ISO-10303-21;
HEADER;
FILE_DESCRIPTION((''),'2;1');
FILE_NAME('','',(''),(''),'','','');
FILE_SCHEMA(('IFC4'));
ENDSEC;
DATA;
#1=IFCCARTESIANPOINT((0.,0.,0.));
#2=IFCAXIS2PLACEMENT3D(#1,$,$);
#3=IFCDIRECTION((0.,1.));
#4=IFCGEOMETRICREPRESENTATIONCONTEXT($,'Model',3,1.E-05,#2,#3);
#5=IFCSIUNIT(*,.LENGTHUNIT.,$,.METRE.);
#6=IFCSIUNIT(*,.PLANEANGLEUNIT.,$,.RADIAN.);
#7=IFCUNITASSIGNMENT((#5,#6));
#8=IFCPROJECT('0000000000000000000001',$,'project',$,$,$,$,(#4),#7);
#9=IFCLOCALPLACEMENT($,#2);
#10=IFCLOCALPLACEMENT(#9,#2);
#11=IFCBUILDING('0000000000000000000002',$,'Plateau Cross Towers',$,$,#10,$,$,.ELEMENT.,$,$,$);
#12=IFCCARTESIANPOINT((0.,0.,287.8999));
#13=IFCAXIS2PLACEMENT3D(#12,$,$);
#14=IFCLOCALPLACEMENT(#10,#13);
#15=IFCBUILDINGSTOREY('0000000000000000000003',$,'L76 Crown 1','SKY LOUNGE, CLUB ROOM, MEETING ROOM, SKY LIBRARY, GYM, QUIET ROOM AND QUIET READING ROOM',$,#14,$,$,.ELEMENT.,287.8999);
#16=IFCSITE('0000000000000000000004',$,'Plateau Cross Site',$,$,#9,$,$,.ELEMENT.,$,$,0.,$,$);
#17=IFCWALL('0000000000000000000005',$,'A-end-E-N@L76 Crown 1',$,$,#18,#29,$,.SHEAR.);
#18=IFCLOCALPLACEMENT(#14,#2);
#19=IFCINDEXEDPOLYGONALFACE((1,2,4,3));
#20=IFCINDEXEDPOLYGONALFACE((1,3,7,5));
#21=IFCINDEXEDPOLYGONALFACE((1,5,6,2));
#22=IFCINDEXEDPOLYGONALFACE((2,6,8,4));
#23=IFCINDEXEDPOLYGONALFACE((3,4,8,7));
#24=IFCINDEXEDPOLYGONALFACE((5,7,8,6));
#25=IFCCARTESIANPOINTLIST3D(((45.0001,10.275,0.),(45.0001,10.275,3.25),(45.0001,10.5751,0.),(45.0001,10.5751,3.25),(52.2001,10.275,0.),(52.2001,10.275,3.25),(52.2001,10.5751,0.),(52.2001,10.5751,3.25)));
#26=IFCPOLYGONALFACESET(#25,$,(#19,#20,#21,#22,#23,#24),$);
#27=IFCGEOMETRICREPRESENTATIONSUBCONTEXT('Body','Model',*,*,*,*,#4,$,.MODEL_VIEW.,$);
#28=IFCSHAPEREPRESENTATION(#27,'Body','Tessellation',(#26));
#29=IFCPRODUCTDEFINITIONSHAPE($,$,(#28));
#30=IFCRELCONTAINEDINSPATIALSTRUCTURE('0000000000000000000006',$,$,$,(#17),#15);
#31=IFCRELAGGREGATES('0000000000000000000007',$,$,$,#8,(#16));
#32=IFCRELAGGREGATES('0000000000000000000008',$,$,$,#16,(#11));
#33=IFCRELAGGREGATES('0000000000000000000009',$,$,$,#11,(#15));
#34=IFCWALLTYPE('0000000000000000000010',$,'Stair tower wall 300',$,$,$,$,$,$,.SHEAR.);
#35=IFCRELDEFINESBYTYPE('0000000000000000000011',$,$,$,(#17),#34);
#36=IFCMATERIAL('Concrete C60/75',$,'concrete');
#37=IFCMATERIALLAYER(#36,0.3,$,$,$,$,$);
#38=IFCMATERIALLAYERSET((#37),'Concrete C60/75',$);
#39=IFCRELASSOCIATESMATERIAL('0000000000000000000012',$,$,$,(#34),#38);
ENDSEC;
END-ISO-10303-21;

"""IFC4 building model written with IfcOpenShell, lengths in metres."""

from ifc_helpers import new_model, si_unit, direction, frame, frame_2d, origin, place, context, subcontext, project, spatial, rectangle, extrude, material, layer, layer_set, type_object, element, save


model = new_model("IFC4")

# Units and contexts
model_context = context("Model", 3, precision=1e-05, world=origin(), true_north=direction((0.0, 1.0)))
body_context = subcontext(model_context, "Body", "Model", "MODEL_VIEW")
ifc_project = project(units=[si_unit("LENGTHUNIT", "METRE"), si_unit("PLANEANGLEUNIT", "RADIAN")], contexts=[model_context])

# Site, building, storey
site_placement = place(None, origin())
site = spatial("IfcSite", under=ifc_project, at=site_placement, Name="Plateau Cross Site", CompositionType="ELEMENT", RefElevation=0.0)
building_placement = place(site_placement, origin())
building = spatial("IfcBuilding", under=site, at=building_placement, Name="Plateau Cross Towers", CompositionType="ELEMENT")
storey_placement = place(building_placement, frame((0.0, 0.0, 287.8999)))
storey = spatial("IfcBuildingStorey", under=building, at=storey_placement, Name="L76 Crown 1", Description="SKY LOUNGE, CLUB ROOM, MEETING ROOM, SKY LIBRARY, GYM, QUIET ROOM AND QUIET READING ROOM", CompositionType="ELEMENT", Elevation=287.8999)

# Shared definitions
ifc_material_1 = material(Name="Concrete C60/75", Category="concrete")

# Wall
ifc_layer_1 = layer(ifc_material_1, 0.3)
ifc_layer_set_1 = layer_set([ifc_layer_1], Name="Concrete C60/75")
wall_type_1 = type_object("IfcWallType", Name="Stair tower wall 300", PredefinedType="SHEAR", material=ifc_layer_set_1)
wall_1_placement = place(storey_placement, frame((45.0, 10.425, 0.0), z_axis=(0.0, 0.0, 1.0), x_axis=(1.0, 0.0, 0.0)))
element("IfcWall", 1, at=wall_1_placement, inside=storey, type_object=wall_type_1, Name="A-end-E-N@L76 Crown 1", PredefinedType="SHEAR", context=body_context, shape_type="SweptSolid", body=[
    extrude(rectangle(XDim=7.2, YDim=0.3, at=frame_2d((3.6001, 0.0))), origin(), (0.0, 0.0, 1.0), 3.25),
])

save(model, "model.ifc")
